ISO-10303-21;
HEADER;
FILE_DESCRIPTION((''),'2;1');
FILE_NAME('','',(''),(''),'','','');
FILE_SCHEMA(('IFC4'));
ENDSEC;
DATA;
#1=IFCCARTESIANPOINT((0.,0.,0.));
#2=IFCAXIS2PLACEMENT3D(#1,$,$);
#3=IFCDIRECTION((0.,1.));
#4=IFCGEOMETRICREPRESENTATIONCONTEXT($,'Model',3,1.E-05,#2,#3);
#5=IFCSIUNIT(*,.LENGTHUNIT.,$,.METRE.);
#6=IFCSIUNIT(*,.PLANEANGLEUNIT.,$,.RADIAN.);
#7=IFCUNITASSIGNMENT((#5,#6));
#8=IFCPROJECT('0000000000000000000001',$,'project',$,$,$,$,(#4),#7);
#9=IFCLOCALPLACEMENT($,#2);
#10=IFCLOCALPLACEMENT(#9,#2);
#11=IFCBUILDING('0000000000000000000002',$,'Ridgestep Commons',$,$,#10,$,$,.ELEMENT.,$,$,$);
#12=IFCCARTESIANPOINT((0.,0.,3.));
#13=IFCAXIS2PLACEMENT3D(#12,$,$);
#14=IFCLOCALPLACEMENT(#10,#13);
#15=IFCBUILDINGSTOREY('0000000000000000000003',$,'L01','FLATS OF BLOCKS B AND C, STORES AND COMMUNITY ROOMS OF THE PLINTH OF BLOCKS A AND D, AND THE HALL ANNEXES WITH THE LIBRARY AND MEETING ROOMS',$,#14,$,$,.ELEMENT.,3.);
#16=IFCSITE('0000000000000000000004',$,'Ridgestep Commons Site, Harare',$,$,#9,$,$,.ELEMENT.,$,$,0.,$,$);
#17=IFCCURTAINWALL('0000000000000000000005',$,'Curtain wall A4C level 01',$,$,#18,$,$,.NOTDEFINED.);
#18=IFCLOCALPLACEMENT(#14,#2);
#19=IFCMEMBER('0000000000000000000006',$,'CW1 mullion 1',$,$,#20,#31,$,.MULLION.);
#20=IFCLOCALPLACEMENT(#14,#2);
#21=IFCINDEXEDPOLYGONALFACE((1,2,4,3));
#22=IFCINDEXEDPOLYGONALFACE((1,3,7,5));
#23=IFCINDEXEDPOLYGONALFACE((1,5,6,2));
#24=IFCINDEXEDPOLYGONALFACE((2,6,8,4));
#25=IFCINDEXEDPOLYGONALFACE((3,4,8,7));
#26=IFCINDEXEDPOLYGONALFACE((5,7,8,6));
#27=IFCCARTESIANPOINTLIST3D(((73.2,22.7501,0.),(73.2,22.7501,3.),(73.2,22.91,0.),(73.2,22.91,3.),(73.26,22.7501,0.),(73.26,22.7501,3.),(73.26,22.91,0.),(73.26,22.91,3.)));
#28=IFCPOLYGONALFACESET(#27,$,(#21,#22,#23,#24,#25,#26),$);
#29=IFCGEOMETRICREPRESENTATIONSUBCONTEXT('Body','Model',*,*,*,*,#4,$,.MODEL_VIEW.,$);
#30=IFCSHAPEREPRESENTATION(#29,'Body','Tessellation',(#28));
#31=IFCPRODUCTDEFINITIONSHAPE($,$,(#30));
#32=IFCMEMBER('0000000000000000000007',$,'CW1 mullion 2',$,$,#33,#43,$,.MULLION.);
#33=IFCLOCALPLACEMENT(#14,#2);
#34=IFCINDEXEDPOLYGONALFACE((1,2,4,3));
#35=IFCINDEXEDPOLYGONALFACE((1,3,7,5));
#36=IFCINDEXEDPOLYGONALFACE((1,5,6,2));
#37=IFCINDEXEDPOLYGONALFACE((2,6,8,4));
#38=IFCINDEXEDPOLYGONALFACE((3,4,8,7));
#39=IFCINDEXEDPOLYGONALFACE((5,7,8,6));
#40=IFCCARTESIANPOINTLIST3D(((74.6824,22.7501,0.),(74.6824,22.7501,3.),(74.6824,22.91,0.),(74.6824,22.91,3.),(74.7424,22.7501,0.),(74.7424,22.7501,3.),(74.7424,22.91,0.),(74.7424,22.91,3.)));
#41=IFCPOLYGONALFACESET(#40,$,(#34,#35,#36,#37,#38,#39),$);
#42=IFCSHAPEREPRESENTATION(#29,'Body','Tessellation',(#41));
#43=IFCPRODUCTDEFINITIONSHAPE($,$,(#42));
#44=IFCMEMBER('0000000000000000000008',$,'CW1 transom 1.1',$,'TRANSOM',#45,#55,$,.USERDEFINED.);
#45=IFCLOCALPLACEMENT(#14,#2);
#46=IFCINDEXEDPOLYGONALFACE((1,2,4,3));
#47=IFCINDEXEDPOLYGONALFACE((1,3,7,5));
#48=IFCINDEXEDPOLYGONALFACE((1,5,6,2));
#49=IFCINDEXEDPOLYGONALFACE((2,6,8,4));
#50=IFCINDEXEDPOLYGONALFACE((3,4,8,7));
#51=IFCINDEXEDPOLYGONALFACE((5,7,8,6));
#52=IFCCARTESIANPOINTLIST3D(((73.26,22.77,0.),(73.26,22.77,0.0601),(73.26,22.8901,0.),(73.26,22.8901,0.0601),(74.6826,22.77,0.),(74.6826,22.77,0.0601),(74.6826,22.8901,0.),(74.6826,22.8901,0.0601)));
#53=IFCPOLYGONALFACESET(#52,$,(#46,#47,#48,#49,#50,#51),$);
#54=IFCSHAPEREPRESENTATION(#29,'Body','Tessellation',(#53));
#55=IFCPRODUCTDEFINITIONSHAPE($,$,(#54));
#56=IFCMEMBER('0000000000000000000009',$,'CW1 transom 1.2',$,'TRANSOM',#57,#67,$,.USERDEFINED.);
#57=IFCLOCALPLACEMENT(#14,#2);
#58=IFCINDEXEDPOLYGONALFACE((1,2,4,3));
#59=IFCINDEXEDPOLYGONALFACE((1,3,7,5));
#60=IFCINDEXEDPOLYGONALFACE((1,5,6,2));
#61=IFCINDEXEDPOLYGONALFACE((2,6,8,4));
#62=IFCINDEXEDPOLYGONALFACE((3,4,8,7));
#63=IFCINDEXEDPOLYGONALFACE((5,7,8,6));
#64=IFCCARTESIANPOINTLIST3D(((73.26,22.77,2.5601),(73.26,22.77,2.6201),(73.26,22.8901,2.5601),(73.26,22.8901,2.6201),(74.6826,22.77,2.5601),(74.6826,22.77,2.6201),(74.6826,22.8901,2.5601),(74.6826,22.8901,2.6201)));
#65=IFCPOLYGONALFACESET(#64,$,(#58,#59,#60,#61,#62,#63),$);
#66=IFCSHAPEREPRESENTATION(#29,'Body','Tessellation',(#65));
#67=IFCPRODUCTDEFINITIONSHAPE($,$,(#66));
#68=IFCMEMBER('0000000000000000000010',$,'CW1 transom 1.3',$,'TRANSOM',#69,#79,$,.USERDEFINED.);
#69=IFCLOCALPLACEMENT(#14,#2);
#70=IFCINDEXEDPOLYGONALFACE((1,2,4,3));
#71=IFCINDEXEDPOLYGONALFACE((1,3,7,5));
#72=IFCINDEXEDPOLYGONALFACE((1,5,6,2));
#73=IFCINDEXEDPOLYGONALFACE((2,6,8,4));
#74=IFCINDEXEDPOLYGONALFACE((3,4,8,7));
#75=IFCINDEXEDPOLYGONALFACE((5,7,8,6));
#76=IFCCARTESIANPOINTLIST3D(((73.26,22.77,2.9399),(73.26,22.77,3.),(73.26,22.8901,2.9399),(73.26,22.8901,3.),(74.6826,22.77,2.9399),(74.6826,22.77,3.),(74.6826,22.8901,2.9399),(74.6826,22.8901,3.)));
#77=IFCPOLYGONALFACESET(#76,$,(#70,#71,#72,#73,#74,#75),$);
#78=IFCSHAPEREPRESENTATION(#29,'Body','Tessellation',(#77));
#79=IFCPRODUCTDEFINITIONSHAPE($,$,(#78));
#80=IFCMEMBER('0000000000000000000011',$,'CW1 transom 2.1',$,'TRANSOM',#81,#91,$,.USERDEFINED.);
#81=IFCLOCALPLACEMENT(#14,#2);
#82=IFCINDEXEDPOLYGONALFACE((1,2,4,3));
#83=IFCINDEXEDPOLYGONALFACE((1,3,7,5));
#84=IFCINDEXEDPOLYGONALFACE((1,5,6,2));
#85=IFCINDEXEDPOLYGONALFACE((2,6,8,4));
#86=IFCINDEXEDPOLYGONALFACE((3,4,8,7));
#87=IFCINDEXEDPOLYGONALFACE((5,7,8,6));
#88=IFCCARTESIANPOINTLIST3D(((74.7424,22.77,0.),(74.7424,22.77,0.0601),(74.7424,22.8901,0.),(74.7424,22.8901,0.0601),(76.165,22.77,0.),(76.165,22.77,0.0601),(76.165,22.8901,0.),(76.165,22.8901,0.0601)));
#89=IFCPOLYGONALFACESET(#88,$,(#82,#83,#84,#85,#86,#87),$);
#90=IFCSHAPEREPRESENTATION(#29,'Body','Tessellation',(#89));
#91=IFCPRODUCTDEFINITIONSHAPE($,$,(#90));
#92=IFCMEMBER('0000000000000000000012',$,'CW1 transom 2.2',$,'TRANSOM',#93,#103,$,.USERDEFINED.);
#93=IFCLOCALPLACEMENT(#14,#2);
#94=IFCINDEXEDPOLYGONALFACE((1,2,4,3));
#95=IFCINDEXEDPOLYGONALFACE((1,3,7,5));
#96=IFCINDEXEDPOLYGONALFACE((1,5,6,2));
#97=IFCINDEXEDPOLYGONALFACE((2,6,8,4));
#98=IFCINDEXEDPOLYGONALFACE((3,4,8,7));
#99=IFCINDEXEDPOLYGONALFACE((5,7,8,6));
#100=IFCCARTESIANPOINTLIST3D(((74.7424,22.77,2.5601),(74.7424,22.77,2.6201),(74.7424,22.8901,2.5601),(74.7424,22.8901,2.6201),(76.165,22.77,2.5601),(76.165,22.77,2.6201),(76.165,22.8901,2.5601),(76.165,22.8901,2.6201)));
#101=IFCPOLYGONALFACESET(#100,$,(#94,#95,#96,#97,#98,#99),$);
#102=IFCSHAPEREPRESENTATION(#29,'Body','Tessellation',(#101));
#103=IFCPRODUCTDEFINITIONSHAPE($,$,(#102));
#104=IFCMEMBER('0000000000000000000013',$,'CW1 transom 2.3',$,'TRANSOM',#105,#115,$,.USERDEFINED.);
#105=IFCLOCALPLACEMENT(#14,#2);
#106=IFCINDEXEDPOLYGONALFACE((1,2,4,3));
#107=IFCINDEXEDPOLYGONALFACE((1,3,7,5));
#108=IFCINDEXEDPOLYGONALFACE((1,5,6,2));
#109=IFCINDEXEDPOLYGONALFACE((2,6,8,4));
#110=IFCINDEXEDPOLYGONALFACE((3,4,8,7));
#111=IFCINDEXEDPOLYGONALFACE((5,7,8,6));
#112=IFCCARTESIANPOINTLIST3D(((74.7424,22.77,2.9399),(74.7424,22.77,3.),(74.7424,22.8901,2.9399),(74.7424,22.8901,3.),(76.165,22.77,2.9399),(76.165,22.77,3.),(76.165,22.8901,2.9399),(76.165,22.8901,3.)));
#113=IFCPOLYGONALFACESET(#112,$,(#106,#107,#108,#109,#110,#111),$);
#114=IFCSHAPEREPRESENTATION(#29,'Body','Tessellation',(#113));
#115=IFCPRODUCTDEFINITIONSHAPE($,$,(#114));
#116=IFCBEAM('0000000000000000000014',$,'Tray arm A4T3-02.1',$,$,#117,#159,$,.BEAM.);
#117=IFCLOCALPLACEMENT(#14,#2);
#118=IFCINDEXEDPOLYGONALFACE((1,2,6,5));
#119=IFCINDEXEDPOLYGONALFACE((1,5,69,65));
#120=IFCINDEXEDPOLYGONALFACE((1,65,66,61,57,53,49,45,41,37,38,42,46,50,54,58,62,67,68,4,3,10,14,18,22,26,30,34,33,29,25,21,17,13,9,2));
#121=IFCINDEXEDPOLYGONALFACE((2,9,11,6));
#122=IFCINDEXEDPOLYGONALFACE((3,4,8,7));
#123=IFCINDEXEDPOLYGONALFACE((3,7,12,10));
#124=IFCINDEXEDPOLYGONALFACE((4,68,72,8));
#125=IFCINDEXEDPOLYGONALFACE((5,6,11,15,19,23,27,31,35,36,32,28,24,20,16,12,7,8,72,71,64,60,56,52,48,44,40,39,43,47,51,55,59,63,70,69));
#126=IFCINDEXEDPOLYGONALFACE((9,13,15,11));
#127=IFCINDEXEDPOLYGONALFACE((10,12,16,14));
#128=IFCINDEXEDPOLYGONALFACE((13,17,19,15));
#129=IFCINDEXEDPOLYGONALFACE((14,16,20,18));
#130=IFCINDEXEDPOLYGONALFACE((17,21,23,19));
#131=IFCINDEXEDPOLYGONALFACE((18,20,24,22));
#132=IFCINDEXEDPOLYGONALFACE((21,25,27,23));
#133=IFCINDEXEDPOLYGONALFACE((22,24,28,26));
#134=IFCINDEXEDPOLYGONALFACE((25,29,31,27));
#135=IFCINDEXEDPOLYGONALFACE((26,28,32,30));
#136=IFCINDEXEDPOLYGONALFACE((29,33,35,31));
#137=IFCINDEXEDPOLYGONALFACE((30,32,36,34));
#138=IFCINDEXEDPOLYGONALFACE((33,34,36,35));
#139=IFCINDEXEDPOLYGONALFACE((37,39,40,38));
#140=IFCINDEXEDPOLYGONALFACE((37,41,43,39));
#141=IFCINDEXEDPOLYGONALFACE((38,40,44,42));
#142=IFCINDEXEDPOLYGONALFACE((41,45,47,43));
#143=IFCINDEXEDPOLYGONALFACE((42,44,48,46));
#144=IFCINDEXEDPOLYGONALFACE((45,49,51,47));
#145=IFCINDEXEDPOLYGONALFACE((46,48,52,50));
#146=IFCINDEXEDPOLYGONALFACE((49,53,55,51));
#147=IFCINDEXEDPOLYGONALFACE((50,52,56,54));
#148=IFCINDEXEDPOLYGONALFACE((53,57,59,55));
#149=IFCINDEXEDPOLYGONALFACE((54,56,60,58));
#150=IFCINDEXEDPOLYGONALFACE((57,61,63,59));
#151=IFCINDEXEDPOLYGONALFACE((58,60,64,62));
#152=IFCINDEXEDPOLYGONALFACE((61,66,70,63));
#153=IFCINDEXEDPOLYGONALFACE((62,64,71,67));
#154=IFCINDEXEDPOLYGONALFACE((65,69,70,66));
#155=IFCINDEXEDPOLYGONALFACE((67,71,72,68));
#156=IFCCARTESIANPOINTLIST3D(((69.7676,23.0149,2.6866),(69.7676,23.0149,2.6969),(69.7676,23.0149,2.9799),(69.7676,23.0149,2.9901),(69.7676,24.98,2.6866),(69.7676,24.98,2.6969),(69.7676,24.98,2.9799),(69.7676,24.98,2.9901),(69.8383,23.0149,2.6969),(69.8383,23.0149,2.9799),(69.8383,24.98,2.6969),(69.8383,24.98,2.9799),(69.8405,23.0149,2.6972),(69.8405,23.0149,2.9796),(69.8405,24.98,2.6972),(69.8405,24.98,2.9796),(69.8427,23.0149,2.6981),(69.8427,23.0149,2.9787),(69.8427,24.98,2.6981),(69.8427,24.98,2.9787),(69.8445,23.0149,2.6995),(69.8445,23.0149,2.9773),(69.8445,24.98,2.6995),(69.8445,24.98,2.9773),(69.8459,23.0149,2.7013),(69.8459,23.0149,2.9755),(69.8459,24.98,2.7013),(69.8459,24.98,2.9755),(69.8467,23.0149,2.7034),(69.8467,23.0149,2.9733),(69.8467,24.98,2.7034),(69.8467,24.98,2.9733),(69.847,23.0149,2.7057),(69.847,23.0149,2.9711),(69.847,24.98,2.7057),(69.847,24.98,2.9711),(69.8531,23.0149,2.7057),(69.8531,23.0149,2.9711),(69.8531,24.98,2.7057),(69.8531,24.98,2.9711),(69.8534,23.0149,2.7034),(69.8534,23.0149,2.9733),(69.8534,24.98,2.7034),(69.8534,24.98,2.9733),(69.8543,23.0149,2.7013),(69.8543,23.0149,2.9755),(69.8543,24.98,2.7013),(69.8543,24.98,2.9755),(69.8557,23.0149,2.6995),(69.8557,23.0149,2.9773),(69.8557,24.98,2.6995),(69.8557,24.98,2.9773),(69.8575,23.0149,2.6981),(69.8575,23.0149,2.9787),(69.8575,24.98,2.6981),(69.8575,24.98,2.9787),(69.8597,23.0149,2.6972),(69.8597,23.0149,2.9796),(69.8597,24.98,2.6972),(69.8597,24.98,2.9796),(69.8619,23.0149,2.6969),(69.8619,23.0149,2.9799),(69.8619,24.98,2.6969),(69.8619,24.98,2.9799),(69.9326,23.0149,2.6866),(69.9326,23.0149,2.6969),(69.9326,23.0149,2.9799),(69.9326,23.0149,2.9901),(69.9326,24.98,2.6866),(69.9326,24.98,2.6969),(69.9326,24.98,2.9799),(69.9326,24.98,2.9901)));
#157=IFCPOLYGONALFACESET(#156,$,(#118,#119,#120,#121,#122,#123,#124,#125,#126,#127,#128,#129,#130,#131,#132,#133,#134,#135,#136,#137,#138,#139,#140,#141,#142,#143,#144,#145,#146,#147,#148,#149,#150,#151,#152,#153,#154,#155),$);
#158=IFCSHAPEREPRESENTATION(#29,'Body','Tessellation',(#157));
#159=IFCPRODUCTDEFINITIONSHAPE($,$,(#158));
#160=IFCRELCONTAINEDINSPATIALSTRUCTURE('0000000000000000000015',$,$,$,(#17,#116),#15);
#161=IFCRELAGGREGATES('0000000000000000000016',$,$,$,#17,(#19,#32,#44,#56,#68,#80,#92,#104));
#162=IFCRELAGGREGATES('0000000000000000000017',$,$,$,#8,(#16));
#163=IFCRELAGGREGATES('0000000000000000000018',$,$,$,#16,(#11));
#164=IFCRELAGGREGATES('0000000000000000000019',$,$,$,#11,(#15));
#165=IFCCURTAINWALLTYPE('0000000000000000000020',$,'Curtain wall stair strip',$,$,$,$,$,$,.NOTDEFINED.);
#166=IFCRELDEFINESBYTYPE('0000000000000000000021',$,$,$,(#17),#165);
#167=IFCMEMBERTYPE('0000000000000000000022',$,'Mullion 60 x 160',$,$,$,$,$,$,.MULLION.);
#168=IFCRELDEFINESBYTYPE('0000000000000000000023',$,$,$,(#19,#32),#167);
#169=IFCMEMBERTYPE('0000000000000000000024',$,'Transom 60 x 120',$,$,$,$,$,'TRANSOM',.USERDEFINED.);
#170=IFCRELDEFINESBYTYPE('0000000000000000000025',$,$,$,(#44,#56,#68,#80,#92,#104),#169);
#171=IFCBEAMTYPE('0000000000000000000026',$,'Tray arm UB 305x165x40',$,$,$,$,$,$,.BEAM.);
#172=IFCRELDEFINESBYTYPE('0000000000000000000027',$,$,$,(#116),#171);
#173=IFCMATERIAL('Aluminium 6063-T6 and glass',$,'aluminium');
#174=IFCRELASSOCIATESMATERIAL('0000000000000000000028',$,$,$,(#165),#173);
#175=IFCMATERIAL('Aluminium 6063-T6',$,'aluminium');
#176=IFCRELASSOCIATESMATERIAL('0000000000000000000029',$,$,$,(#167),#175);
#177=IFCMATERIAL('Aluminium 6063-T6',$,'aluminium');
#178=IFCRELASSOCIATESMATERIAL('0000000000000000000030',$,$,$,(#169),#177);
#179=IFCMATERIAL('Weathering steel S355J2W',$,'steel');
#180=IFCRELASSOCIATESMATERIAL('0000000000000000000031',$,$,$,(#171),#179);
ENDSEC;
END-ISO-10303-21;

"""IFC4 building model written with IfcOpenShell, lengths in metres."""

from ifc_helpers import new_model, si_unit, direction, frame, origin, origin_2d, place, context, subcontext, project, spatial, rectangle, i_section, extrude, material, material_profile, profile_set, type_object, element, aggregate, save


model = new_model("IFC4")

# Units and contexts
model_context = context("Model", 3, precision=1e-05, world=origin(), true_north=direction((0.0, 1.0)))
body_context = subcontext(model_context, "Body", "Model", "MODEL_VIEW")
ifc_project = project(units=[si_unit("LENGTHUNIT", "METRE"), si_unit("PLANEANGLEUNIT", "RADIAN")], contexts=[model_context])

# Site, building, storey
site_placement = place(None, origin())
site = spatial("IfcSite", under=ifc_project, at=site_placement, Name="Ridgestep Commons Site, Harare", CompositionType="ELEMENT", RefElevation=0.0)
building_placement = place(site_placement, origin())
building = spatial("IfcBuilding", under=site, at=building_placement, Name="Ridgestep Commons", CompositionType="ELEMENT")
storey_placement = place(building_placement, frame((0.0, 0.0, 3.0)))
storey = spatial("IfcBuildingStorey", under=building, at=storey_placement, Name="L01", Description="FLATS OF BLOCKS B AND C, STORES AND COMMUNITY ROOMS OF THE PLINTH OF BLOCKS A AND D, AND THE HALL ANNEXES WITH THE LIBRARY AND MEETING ROOMS", CompositionType="ELEMENT", Elevation=3.0)

# Curtain wall, members
ifc_material_1 = material(Name="Aluminium 6063-T6 and glass", Category="aluminium")
curtain_wall_type = type_object("IfcCurtainWallType", Name="Curtain wall stair strip", PredefinedType="NOTDEFINED", material=ifc_material_1)
curtain_wall_placement = place(storey_placement, origin())
curtain_wall = element("IfcCurtainWall", 1, at=curtain_wall_placement, inside=storey, type_object=curtain_wall_type, Name="Curtain wall A4C level 01", PredefinedType="NOTDEFINED")
ifc_material_2 = material(Name="Aluminium 6063-T6", Category="aluminium")
ifc_material_profile_1 = material_profile(ifc_material_2, rectangle(XDim=0.1599, YDim=0.0601, at=origin_2d()), Name="Mullion 60 x 160")
ifc_profile_set_1 = profile_set([ifc_material_profile_1], Name="Aluminium 6063-T6")
member_type_1 = type_object("IfcMemberType", Name="Mullion 60 x 160", PredefinedType="MULLION", material=ifc_profile_set_1)
member_1_placement = place(storey_placement, frame((73.23, 22.8301, 0.0), z_axis=(0.0, 0.0, 1.0), x_axis=(0.0, 1.0, 0.0)))
member_1 = element("IfcMember", 2, at=member_1_placement, type_object=member_type_1, Name="CW1 mullion 1", PredefinedType="MULLION", context=body_context, shape_type="SweptSolid", body=[
    extrude(rectangle(XDim=0.1599, YDim=0.0601, at=origin_2d()), origin(), (0.0, 0.0, 1.0), 3.0),
])
member_2_placement = place(storey_placement, frame((74.7124, 22.8301, 0.0), z_axis=(0.0, 0.0, 1.0), x_axis=(0.0, 1.0, 0.0)))
member_2 = element("IfcMember", 3, at=member_2_placement, type_object=member_type_1, Name="CW1 mullion 2", PredefinedType="MULLION", context=body_context, shape_type="SweptSolid", body=[
    extrude(rectangle(XDim=0.1599, YDim=0.0601, at=origin_2d()), origin(), (0.0, 0.0, 1.0), 3.0),
])
ifc_material_3 = material(Name="Aluminium 6063-T6", Category="aluminium")
ifc_material_profile_2 = material_profile(ifc_material_3, rectangle(XDim=0.1201, YDim=0.0601, at=origin_2d()), Name="Transom 60 x 120")
ifc_profile_set_2 = profile_set([ifc_material_profile_2], Name="Aluminium 6063-T6")
member_type_2 = type_object("IfcMemberType", Name="Transom 60 x 120", ElementType="TRANSOM", PredefinedType="USERDEFINED", material=ifc_profile_set_2)
member_3_placement = place(storey_placement, frame((73.26, 22.8301, 0.03), z_axis=(1.0, 0.0, 0.0), x_axis=(0.0, 1.0, 0.0)))
member_3 = element("IfcMember", 4, at=member_3_placement, type_object=member_type_2, Name="CW1 transom 1.1", ObjectType="TRANSOM", PredefinedType="USERDEFINED", context=body_context, shape_type="SweptSolid", body=[
    extrude(rectangle(XDim=0.1201, YDim=0.0601, at=origin_2d()), origin(), (0.0, 0.0, 1.0), 1.4226),
])
member_4_placement = place(storey_placement, frame((73.26, 22.8301, 2.5901), z_axis=(1.0, 0.0, 0.0), x_axis=(0.0, 1.0, 0.0)))
member_4 = element("IfcMember", 5, at=member_4_placement, type_object=member_type_2, Name="CW1 transom 1.2", ObjectType="TRANSOM", PredefinedType="USERDEFINED", context=body_context, shape_type="SweptSolid", body=[
    extrude(rectangle(XDim=0.1201, YDim=0.0601, at=origin_2d()), origin(), (0.0, 0.0, 1.0), 1.4226),
])
member_5_placement = place(storey_placement, frame((73.26, 22.8301, 2.97), z_axis=(1.0, 0.0, 0.0), x_axis=(0.0, 1.0, 0.0)))
member_5 = element("IfcMember", 6, at=member_5_placement, type_object=member_type_2, Name="CW1 transom 1.3", ObjectType="TRANSOM", PredefinedType="USERDEFINED", context=body_context, shape_type="SweptSolid", body=[
    extrude(rectangle(XDim=0.1201, YDim=0.0601, at=origin_2d()), origin(), (0.0, 0.0, 1.0), 1.4226),
])
member_6_placement = place(storey_placement, frame((74.7424, 22.8301, 0.03), z_axis=(1.0, 0.0, 0.0), x_axis=(0.0, 1.0, 0.0)))
member_6 = element("IfcMember", 7, at=member_6_placement, type_object=member_type_2, Name="CW1 transom 2.1", ObjectType="TRANSOM", PredefinedType="USERDEFINED", context=body_context, shape_type="SweptSolid", body=[
    extrude(rectangle(XDim=0.1201, YDim=0.0601, at=origin_2d()), origin(), (0.0, 0.0, 1.0), 1.4226),
])
member_7_placement = place(storey_placement, frame((74.7424, 22.8301, 2.5901), z_axis=(1.0, 0.0, 0.0), x_axis=(0.0, 1.0, 0.0)))
member_7 = element("IfcMember", 8, at=member_7_placement, type_object=member_type_2, Name="CW1 transom 2.2", ObjectType="TRANSOM", PredefinedType="USERDEFINED", context=body_context, shape_type="SweptSolid", body=[
    extrude(rectangle(XDim=0.1201, YDim=0.0601, at=origin_2d()), origin(), (0.0, 0.0, 1.0), 1.4226),
])
member_8_placement = place(storey_placement, frame((74.7424, 22.8301, 2.97), z_axis=(1.0, 0.0, 0.0), x_axis=(0.0, 1.0, 0.0)))
member_8 = element("IfcMember", 9, at=member_8_placement, type_object=member_type_2, Name="CW1 transom 2.3", ObjectType="TRANSOM", PredefinedType="USERDEFINED", context=body_context, shape_type="SweptSolid", body=[
    extrude(rectangle(XDim=0.1201, YDim=0.0601, at=origin_2d()), origin(), (0.0, 0.0, 1.0), 1.4226),
])

# Beam
ifc_material_4 = material(Name="Weathering steel S355J2W", Category="steel")
ifc_material_profile_3 = material_profile(ifc_material_4, i_section(OverallWidth=0.165, OverallDepth=0.3035, WebThickness=0.0061, FlangeThickness=0.0103, FilletRadius=0.0088, at=origin_2d()), Name="UB 305x165x40")
ifc_profile_set_3 = profile_set([ifc_material_profile_3], Name="Weathering steel S355J2W")
beam_type_1 = type_object("IfcBeamType", Name="Tray arm UB 305x165x40", PredefinedType="BEAM", material=ifc_profile_set_3)
for number, where, z_axis, x_axis, name in (
    (10, (69.8501, 23.0149, 2.8384), (0.0, 1.0, 0.0), (-1.0, 0.0, 0.0), "Tray arm A4T3-02.1"),
):
    element("IfcBeam", number, at=place(storey_placement, frame(where, z_axis=z_axis, x_axis=x_axis)), inside=storey, type_object=beam_type_1, Name=name, PredefinedType="BEAM", context=body_context, shape_type="SweptSolid", body=[
        extrude(i_section(OverallWidth=0.165, OverallDepth=0.3035, WebThickness=0.0061, FlangeThickness=0.0103, FilletRadius=0.0088, at=origin_2d()), origin(), (0.0, 0.0, 1.0), 1.9651),
    ])

aggregate(curtain_wall, [member_1, member_2, member_3, member_4, member_5, member_6, member_7, member_8])

save(model, "model.ifc")
